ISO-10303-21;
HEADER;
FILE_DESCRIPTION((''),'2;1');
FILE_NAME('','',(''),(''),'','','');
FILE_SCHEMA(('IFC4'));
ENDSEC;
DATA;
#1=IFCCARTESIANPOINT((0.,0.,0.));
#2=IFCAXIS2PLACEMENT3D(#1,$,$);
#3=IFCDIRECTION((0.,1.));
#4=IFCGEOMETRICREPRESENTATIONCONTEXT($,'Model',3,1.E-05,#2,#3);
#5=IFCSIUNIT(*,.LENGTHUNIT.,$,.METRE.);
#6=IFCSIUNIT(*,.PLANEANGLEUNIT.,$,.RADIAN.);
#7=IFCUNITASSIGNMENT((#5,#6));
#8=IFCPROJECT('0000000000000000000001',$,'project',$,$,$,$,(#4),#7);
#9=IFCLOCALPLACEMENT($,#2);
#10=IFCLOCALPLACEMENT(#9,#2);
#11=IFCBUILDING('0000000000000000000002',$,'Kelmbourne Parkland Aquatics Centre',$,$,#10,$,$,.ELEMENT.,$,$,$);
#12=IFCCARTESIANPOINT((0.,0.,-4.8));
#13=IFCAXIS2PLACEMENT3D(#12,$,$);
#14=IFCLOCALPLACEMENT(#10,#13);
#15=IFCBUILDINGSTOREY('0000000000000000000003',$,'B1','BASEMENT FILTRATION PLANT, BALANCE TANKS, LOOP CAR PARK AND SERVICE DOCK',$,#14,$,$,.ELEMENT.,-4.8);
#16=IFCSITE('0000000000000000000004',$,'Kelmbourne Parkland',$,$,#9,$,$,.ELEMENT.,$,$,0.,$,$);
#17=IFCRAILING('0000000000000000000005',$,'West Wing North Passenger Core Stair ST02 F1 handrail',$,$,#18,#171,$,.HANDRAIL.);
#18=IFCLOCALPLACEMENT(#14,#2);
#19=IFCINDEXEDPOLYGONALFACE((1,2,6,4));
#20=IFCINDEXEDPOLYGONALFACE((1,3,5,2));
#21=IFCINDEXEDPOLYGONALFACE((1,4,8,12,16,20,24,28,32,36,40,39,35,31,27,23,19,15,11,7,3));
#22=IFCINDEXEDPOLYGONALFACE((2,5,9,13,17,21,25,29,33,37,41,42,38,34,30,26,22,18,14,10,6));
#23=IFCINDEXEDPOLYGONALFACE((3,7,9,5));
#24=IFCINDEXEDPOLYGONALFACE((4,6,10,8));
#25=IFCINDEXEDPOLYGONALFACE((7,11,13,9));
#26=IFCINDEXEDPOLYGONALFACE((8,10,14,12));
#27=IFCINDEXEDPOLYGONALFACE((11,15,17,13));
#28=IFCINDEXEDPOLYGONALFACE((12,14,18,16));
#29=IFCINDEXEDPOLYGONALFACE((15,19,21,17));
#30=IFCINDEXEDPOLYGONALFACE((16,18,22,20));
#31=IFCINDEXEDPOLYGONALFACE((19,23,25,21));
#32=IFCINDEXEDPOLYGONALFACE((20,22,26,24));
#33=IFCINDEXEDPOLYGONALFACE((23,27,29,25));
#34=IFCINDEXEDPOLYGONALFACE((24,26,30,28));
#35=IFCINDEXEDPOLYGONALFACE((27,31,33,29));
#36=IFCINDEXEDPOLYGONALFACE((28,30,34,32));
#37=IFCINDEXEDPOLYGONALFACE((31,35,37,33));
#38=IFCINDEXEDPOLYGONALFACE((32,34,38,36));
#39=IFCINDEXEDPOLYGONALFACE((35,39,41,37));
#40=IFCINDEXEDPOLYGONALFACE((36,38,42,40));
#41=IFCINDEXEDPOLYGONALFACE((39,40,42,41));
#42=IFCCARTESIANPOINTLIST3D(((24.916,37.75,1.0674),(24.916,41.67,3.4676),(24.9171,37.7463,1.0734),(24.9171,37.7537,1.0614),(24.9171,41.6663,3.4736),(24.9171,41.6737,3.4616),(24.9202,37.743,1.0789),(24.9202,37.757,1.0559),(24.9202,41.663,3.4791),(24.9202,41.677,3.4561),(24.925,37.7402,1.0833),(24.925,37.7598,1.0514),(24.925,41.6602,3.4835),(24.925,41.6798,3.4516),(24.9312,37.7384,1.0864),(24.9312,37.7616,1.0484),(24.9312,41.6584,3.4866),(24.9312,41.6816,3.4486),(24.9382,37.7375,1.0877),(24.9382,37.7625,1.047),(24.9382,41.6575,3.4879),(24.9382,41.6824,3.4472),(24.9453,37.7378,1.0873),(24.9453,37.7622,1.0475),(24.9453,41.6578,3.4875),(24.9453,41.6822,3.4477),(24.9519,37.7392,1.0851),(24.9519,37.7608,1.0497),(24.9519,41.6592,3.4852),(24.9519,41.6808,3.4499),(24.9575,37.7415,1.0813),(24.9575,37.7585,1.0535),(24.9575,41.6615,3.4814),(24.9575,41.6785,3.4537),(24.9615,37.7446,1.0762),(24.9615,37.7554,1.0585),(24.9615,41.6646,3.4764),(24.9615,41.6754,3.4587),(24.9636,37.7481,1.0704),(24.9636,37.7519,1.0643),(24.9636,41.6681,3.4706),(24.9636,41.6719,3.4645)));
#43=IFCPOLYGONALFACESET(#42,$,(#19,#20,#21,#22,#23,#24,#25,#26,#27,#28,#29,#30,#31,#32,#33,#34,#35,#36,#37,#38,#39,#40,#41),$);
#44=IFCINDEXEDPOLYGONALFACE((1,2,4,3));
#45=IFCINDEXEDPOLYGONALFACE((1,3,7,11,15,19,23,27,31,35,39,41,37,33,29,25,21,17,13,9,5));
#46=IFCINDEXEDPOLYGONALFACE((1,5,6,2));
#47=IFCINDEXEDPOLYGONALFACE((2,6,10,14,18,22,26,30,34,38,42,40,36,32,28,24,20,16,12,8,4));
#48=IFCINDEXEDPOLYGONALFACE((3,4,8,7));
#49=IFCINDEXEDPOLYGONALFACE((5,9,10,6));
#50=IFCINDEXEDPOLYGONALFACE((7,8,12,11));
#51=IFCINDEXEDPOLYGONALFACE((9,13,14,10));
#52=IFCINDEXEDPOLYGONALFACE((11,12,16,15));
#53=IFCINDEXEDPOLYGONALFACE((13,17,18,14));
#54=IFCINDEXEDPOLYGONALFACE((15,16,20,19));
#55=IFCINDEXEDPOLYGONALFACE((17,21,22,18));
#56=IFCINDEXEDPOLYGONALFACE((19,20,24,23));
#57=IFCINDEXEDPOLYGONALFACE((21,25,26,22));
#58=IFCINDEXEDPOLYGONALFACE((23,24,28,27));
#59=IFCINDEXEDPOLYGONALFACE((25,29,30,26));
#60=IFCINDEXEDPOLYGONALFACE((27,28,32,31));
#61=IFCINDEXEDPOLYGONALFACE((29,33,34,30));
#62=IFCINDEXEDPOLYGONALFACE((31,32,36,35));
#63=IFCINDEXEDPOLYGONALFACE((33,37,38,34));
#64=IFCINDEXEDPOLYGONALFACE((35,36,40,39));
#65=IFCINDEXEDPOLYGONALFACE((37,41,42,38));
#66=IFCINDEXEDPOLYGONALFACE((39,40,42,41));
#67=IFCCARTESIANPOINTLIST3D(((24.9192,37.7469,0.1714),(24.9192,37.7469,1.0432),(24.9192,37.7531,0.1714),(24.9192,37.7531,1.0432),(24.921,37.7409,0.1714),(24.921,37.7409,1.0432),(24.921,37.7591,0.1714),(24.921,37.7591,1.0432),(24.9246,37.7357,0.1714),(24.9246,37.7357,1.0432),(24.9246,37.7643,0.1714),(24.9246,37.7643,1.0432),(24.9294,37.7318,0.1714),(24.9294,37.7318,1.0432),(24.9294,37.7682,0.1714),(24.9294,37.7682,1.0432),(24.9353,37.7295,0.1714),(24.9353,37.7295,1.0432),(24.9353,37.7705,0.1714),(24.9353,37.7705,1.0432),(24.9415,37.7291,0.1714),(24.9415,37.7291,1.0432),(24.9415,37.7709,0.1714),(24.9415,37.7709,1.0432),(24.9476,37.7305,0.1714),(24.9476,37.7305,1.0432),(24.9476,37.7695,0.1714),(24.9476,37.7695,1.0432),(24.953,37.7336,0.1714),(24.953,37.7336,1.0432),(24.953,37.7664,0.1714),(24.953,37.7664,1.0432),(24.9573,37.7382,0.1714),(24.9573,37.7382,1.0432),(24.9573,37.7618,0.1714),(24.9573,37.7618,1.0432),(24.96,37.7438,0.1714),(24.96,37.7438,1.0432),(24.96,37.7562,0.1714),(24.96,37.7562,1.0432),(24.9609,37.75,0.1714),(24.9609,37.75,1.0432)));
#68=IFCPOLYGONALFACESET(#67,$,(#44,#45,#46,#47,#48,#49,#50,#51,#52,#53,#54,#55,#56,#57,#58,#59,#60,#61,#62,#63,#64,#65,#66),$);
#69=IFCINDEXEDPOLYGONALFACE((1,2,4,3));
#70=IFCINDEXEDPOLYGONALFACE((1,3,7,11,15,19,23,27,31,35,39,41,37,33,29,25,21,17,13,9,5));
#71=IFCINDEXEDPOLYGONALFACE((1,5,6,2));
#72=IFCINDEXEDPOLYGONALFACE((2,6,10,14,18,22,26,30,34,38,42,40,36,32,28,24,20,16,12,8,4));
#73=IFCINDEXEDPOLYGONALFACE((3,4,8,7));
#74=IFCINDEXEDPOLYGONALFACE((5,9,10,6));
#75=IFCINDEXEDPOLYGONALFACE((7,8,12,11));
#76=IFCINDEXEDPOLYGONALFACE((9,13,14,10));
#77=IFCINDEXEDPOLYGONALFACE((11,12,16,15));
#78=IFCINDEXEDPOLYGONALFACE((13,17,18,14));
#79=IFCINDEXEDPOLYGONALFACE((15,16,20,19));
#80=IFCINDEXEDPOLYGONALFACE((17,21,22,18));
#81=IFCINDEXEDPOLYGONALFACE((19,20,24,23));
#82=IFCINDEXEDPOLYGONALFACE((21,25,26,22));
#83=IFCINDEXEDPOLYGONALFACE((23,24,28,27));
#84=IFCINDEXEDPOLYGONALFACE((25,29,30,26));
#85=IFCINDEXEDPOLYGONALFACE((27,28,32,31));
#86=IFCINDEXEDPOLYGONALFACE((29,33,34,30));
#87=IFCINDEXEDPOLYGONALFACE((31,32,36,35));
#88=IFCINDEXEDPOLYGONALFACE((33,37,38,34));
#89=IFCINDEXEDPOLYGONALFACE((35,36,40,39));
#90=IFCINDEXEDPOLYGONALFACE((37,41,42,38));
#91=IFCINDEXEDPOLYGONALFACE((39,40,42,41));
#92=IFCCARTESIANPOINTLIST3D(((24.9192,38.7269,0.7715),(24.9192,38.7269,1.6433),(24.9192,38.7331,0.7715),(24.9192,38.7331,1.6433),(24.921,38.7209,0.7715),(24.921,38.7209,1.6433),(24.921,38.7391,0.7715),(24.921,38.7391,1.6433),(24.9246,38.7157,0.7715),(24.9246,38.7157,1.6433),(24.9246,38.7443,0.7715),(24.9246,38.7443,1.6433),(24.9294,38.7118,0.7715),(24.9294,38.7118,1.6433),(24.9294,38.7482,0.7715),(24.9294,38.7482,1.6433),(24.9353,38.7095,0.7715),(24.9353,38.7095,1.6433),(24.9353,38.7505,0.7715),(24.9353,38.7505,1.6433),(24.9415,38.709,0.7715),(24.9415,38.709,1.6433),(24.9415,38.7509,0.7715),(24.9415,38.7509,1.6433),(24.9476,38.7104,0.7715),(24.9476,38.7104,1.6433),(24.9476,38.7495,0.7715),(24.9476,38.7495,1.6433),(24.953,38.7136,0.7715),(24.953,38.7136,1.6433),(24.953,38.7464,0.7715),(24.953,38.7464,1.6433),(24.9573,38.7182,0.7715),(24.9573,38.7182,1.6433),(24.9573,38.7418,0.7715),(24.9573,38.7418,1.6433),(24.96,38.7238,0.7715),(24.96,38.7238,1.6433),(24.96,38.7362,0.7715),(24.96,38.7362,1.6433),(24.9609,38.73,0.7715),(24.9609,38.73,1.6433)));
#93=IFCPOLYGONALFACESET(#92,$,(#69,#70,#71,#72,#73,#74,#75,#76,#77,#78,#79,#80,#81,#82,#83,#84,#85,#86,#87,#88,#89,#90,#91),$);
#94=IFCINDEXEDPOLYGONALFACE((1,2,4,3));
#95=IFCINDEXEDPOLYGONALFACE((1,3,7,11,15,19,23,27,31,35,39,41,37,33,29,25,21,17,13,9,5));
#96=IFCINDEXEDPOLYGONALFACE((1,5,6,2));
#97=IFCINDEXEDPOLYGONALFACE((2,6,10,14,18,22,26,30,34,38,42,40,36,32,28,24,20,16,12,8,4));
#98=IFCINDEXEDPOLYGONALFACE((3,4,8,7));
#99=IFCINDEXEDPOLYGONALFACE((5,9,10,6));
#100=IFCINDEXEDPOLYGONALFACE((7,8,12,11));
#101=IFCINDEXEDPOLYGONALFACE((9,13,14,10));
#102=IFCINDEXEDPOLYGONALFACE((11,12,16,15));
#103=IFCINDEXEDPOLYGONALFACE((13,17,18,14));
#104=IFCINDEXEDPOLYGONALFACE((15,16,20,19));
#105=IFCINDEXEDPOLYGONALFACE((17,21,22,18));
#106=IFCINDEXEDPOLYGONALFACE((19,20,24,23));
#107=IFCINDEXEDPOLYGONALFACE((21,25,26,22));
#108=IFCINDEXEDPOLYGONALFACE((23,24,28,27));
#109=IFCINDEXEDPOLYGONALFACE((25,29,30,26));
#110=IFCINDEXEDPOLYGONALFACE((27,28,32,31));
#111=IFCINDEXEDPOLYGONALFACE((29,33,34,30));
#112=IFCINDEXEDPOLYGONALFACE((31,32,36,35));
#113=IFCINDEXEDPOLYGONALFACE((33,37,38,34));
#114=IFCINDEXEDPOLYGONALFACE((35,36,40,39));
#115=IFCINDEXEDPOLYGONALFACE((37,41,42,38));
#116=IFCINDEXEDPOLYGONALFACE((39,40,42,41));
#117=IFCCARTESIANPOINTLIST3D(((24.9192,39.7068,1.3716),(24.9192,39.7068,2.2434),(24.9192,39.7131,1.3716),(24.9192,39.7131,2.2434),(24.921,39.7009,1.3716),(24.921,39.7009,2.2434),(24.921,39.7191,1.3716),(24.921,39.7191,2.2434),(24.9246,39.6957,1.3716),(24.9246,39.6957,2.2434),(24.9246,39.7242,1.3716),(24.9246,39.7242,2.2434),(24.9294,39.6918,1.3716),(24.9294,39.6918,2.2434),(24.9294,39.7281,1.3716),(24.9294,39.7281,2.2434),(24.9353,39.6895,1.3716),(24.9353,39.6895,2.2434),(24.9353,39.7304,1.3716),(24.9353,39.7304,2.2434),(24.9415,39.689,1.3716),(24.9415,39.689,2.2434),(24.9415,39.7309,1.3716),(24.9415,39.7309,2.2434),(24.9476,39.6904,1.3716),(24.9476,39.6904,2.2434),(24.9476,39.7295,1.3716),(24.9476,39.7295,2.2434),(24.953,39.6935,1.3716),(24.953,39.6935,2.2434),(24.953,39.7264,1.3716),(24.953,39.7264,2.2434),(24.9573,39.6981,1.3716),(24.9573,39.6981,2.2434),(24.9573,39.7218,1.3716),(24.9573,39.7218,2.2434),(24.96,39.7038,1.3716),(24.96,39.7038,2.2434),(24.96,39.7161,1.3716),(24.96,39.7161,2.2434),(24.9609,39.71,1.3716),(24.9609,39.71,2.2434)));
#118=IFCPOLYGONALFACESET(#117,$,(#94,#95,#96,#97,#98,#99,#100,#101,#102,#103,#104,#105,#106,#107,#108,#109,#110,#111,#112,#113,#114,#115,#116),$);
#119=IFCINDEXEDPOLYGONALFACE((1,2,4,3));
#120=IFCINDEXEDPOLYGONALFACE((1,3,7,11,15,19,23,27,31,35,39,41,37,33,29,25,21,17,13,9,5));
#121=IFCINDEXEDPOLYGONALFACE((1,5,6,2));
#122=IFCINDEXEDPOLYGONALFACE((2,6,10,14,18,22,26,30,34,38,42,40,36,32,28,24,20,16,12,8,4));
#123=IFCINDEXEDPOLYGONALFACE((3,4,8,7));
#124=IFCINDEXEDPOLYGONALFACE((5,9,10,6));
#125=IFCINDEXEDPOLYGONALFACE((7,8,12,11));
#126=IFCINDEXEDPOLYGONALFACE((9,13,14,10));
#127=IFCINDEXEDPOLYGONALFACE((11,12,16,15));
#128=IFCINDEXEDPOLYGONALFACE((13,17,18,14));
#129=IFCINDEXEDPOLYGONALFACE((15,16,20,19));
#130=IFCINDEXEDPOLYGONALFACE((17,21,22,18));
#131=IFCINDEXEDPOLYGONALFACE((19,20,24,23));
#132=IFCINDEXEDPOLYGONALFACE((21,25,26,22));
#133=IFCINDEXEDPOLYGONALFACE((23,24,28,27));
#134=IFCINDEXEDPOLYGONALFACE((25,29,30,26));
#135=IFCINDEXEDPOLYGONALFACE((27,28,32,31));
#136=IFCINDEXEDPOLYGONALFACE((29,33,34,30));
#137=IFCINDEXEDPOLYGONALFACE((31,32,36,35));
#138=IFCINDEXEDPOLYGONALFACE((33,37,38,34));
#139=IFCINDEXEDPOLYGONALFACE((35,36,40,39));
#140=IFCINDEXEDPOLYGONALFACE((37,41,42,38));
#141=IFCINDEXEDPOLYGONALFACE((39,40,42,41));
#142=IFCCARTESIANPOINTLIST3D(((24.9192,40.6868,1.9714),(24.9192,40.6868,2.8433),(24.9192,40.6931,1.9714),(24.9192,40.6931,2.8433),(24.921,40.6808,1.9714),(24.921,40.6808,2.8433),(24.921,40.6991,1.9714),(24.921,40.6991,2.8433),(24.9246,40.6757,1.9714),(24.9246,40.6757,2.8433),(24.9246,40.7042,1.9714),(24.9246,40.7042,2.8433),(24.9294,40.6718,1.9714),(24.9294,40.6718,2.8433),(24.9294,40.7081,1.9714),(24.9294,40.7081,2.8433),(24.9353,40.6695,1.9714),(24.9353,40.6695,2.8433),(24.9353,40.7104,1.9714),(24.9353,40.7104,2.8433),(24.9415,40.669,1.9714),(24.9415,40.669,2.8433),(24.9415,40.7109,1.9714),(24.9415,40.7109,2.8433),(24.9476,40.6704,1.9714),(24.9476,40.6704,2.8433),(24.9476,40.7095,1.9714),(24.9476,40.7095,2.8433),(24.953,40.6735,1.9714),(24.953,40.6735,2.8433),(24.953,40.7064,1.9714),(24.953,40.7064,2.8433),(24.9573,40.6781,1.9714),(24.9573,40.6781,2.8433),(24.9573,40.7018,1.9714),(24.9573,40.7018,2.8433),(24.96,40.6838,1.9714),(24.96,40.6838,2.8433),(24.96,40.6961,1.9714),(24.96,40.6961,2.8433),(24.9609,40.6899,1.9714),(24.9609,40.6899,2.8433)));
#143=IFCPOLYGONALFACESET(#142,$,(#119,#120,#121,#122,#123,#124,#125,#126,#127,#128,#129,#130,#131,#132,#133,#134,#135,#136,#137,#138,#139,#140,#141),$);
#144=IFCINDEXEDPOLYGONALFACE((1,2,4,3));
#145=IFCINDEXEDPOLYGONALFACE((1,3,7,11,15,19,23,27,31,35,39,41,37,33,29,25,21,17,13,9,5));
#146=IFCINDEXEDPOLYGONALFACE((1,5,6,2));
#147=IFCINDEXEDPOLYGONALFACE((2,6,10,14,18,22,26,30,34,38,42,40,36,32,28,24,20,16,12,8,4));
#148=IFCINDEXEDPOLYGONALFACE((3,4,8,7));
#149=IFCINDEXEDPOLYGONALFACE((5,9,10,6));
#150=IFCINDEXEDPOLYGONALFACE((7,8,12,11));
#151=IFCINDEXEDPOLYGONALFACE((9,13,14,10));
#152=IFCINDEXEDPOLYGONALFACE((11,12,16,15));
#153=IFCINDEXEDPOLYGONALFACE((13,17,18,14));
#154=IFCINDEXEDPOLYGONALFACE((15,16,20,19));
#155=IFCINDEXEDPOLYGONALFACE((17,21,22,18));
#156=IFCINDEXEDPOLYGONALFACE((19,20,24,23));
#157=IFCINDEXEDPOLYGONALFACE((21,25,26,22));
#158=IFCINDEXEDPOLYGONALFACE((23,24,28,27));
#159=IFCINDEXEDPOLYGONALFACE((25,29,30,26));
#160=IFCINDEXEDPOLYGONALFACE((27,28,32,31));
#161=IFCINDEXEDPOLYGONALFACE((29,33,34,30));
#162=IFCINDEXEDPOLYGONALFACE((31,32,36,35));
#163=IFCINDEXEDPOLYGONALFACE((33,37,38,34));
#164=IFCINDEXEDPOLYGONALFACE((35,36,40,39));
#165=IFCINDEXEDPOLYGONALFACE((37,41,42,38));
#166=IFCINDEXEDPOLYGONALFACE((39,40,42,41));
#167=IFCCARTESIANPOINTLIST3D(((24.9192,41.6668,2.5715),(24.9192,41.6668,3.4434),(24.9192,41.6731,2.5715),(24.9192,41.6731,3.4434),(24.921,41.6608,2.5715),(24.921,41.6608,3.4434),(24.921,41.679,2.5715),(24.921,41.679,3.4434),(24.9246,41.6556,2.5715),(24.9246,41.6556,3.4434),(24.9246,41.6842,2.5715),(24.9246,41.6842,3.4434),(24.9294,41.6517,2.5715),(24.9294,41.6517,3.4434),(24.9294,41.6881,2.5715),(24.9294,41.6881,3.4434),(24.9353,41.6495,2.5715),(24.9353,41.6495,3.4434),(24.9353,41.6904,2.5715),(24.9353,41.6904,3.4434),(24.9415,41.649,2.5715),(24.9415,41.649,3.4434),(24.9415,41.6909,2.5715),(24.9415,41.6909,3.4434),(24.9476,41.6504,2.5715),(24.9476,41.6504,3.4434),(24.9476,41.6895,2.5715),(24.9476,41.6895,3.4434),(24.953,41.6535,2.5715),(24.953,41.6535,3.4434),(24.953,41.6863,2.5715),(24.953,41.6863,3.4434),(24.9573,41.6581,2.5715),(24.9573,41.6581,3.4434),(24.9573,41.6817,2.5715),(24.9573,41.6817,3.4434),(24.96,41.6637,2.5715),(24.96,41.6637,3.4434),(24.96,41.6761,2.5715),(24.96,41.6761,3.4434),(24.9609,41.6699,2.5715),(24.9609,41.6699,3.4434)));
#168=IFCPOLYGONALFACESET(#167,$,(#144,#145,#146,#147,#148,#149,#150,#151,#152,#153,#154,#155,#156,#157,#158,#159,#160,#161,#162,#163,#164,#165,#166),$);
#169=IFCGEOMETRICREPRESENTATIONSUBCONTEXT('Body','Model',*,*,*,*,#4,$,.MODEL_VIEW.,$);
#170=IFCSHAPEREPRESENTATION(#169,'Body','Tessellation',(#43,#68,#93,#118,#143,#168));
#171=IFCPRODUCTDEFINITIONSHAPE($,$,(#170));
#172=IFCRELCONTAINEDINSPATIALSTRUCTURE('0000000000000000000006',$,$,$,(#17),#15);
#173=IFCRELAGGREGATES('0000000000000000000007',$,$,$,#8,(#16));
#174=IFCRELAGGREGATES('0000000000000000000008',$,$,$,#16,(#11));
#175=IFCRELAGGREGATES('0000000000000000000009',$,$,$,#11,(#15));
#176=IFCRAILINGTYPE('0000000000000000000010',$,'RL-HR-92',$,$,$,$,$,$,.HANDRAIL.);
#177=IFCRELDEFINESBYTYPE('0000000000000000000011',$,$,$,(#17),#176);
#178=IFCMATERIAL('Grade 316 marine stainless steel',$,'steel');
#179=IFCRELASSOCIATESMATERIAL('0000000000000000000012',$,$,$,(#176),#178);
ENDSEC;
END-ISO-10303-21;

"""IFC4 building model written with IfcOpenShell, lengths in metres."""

from ifc_helpers import new_model, si_unit, direction, frame, origin, origin_2d, place, context, subcontext, project, spatial, circle, extrude, material, type_object, element, save


model = new_model("IFC4")

# Units and contexts
model_context = context("Model", 3, precision=1e-05, world=origin(), true_north=direction((0.0, 1.0)))
body_context = subcontext(model_context, "Body", "Model", "MODEL_VIEW")
ifc_project = project(units=[si_unit("LENGTHUNIT", "METRE"), si_unit("PLANEANGLEUNIT", "RADIAN")], contexts=[model_context])

# Site, building, storey
site_placement = place(None, origin())
site = spatial("IfcSite", under=ifc_project, at=site_placement, Name="Kelmbourne Parkland", CompositionType="ELEMENT", RefElevation=0.0)
building_placement = place(site_placement, origin())
building = spatial("IfcBuilding", under=site, at=building_placement, Name="Kelmbourne Parkland Aquatics Centre", CompositionType="ELEMENT")
storey_placement = place(building_placement, frame((0.0, 0.0, -4.8)))
storey = spatial("IfcBuildingStorey", under=building, at=storey_placement, Name="B1", Description="BASEMENT FILTRATION PLANT, BALANCE TANKS, LOOP CAR PARK AND SERVICE DOCK", CompositionType="ELEMENT", Elevation=-4.8)

# Railing
ifc_material_1 = material(Name="Grade 316 marine stainless steel", Category="steel")
railing_type_1 = type_object("IfcRailingType", Name="RL-HR-92", PredefinedType="HANDRAIL", material=ifc_material_1)
railing_1_placement = place(storey_placement, frame((24.9399, 37.75, 0.1714)))
element("IfcRailing", 1, at=railing_1_placement, inside=storey, type_object=railing_type_1, Name="West Wing North Passenger Core Stair ST02 F1 handrail", PredefinedType="HANDRAIL", context=body_context, shape_type="SweptSolid", body=[
    extrude(circle(Radius=0.0239, at=origin_2d()), frame((0.0, 0.0, 0.896), z_axis=(0.0, 0.852832, 0.522185), x_axis=(-1.0, 0.0, 0.0)), (0.0, 0.0, 1.0), 4.5964),
    extrude(circle(Radius=0.021, at=origin_2d()), origin(), (0.0, 0.0, 1.0), 0.8718),
    extrude(circle(Radius=0.021, at=origin_2d()), frame((0.0, 0.98, 0.6001)), (0.0, 0.0, 1.0), 0.8718),
    extrude(circle(Radius=0.021, at=origin_2d()), frame((0.0, 1.96, 1.2002)), (0.0, 0.0, 1.0), 0.8718),
    extrude(circle(Radius=0.021, at=origin_2d()), frame((0.0, 2.9399, 1.8)), (0.0, 0.0, 1.0), 0.8718),
    extrude(circle(Radius=0.021, at=origin_2d()), frame((0.0, 3.9199, 2.4001)), (0.0, 0.0, 1.0), 0.8718),
])

save(model, "model.ifc")
